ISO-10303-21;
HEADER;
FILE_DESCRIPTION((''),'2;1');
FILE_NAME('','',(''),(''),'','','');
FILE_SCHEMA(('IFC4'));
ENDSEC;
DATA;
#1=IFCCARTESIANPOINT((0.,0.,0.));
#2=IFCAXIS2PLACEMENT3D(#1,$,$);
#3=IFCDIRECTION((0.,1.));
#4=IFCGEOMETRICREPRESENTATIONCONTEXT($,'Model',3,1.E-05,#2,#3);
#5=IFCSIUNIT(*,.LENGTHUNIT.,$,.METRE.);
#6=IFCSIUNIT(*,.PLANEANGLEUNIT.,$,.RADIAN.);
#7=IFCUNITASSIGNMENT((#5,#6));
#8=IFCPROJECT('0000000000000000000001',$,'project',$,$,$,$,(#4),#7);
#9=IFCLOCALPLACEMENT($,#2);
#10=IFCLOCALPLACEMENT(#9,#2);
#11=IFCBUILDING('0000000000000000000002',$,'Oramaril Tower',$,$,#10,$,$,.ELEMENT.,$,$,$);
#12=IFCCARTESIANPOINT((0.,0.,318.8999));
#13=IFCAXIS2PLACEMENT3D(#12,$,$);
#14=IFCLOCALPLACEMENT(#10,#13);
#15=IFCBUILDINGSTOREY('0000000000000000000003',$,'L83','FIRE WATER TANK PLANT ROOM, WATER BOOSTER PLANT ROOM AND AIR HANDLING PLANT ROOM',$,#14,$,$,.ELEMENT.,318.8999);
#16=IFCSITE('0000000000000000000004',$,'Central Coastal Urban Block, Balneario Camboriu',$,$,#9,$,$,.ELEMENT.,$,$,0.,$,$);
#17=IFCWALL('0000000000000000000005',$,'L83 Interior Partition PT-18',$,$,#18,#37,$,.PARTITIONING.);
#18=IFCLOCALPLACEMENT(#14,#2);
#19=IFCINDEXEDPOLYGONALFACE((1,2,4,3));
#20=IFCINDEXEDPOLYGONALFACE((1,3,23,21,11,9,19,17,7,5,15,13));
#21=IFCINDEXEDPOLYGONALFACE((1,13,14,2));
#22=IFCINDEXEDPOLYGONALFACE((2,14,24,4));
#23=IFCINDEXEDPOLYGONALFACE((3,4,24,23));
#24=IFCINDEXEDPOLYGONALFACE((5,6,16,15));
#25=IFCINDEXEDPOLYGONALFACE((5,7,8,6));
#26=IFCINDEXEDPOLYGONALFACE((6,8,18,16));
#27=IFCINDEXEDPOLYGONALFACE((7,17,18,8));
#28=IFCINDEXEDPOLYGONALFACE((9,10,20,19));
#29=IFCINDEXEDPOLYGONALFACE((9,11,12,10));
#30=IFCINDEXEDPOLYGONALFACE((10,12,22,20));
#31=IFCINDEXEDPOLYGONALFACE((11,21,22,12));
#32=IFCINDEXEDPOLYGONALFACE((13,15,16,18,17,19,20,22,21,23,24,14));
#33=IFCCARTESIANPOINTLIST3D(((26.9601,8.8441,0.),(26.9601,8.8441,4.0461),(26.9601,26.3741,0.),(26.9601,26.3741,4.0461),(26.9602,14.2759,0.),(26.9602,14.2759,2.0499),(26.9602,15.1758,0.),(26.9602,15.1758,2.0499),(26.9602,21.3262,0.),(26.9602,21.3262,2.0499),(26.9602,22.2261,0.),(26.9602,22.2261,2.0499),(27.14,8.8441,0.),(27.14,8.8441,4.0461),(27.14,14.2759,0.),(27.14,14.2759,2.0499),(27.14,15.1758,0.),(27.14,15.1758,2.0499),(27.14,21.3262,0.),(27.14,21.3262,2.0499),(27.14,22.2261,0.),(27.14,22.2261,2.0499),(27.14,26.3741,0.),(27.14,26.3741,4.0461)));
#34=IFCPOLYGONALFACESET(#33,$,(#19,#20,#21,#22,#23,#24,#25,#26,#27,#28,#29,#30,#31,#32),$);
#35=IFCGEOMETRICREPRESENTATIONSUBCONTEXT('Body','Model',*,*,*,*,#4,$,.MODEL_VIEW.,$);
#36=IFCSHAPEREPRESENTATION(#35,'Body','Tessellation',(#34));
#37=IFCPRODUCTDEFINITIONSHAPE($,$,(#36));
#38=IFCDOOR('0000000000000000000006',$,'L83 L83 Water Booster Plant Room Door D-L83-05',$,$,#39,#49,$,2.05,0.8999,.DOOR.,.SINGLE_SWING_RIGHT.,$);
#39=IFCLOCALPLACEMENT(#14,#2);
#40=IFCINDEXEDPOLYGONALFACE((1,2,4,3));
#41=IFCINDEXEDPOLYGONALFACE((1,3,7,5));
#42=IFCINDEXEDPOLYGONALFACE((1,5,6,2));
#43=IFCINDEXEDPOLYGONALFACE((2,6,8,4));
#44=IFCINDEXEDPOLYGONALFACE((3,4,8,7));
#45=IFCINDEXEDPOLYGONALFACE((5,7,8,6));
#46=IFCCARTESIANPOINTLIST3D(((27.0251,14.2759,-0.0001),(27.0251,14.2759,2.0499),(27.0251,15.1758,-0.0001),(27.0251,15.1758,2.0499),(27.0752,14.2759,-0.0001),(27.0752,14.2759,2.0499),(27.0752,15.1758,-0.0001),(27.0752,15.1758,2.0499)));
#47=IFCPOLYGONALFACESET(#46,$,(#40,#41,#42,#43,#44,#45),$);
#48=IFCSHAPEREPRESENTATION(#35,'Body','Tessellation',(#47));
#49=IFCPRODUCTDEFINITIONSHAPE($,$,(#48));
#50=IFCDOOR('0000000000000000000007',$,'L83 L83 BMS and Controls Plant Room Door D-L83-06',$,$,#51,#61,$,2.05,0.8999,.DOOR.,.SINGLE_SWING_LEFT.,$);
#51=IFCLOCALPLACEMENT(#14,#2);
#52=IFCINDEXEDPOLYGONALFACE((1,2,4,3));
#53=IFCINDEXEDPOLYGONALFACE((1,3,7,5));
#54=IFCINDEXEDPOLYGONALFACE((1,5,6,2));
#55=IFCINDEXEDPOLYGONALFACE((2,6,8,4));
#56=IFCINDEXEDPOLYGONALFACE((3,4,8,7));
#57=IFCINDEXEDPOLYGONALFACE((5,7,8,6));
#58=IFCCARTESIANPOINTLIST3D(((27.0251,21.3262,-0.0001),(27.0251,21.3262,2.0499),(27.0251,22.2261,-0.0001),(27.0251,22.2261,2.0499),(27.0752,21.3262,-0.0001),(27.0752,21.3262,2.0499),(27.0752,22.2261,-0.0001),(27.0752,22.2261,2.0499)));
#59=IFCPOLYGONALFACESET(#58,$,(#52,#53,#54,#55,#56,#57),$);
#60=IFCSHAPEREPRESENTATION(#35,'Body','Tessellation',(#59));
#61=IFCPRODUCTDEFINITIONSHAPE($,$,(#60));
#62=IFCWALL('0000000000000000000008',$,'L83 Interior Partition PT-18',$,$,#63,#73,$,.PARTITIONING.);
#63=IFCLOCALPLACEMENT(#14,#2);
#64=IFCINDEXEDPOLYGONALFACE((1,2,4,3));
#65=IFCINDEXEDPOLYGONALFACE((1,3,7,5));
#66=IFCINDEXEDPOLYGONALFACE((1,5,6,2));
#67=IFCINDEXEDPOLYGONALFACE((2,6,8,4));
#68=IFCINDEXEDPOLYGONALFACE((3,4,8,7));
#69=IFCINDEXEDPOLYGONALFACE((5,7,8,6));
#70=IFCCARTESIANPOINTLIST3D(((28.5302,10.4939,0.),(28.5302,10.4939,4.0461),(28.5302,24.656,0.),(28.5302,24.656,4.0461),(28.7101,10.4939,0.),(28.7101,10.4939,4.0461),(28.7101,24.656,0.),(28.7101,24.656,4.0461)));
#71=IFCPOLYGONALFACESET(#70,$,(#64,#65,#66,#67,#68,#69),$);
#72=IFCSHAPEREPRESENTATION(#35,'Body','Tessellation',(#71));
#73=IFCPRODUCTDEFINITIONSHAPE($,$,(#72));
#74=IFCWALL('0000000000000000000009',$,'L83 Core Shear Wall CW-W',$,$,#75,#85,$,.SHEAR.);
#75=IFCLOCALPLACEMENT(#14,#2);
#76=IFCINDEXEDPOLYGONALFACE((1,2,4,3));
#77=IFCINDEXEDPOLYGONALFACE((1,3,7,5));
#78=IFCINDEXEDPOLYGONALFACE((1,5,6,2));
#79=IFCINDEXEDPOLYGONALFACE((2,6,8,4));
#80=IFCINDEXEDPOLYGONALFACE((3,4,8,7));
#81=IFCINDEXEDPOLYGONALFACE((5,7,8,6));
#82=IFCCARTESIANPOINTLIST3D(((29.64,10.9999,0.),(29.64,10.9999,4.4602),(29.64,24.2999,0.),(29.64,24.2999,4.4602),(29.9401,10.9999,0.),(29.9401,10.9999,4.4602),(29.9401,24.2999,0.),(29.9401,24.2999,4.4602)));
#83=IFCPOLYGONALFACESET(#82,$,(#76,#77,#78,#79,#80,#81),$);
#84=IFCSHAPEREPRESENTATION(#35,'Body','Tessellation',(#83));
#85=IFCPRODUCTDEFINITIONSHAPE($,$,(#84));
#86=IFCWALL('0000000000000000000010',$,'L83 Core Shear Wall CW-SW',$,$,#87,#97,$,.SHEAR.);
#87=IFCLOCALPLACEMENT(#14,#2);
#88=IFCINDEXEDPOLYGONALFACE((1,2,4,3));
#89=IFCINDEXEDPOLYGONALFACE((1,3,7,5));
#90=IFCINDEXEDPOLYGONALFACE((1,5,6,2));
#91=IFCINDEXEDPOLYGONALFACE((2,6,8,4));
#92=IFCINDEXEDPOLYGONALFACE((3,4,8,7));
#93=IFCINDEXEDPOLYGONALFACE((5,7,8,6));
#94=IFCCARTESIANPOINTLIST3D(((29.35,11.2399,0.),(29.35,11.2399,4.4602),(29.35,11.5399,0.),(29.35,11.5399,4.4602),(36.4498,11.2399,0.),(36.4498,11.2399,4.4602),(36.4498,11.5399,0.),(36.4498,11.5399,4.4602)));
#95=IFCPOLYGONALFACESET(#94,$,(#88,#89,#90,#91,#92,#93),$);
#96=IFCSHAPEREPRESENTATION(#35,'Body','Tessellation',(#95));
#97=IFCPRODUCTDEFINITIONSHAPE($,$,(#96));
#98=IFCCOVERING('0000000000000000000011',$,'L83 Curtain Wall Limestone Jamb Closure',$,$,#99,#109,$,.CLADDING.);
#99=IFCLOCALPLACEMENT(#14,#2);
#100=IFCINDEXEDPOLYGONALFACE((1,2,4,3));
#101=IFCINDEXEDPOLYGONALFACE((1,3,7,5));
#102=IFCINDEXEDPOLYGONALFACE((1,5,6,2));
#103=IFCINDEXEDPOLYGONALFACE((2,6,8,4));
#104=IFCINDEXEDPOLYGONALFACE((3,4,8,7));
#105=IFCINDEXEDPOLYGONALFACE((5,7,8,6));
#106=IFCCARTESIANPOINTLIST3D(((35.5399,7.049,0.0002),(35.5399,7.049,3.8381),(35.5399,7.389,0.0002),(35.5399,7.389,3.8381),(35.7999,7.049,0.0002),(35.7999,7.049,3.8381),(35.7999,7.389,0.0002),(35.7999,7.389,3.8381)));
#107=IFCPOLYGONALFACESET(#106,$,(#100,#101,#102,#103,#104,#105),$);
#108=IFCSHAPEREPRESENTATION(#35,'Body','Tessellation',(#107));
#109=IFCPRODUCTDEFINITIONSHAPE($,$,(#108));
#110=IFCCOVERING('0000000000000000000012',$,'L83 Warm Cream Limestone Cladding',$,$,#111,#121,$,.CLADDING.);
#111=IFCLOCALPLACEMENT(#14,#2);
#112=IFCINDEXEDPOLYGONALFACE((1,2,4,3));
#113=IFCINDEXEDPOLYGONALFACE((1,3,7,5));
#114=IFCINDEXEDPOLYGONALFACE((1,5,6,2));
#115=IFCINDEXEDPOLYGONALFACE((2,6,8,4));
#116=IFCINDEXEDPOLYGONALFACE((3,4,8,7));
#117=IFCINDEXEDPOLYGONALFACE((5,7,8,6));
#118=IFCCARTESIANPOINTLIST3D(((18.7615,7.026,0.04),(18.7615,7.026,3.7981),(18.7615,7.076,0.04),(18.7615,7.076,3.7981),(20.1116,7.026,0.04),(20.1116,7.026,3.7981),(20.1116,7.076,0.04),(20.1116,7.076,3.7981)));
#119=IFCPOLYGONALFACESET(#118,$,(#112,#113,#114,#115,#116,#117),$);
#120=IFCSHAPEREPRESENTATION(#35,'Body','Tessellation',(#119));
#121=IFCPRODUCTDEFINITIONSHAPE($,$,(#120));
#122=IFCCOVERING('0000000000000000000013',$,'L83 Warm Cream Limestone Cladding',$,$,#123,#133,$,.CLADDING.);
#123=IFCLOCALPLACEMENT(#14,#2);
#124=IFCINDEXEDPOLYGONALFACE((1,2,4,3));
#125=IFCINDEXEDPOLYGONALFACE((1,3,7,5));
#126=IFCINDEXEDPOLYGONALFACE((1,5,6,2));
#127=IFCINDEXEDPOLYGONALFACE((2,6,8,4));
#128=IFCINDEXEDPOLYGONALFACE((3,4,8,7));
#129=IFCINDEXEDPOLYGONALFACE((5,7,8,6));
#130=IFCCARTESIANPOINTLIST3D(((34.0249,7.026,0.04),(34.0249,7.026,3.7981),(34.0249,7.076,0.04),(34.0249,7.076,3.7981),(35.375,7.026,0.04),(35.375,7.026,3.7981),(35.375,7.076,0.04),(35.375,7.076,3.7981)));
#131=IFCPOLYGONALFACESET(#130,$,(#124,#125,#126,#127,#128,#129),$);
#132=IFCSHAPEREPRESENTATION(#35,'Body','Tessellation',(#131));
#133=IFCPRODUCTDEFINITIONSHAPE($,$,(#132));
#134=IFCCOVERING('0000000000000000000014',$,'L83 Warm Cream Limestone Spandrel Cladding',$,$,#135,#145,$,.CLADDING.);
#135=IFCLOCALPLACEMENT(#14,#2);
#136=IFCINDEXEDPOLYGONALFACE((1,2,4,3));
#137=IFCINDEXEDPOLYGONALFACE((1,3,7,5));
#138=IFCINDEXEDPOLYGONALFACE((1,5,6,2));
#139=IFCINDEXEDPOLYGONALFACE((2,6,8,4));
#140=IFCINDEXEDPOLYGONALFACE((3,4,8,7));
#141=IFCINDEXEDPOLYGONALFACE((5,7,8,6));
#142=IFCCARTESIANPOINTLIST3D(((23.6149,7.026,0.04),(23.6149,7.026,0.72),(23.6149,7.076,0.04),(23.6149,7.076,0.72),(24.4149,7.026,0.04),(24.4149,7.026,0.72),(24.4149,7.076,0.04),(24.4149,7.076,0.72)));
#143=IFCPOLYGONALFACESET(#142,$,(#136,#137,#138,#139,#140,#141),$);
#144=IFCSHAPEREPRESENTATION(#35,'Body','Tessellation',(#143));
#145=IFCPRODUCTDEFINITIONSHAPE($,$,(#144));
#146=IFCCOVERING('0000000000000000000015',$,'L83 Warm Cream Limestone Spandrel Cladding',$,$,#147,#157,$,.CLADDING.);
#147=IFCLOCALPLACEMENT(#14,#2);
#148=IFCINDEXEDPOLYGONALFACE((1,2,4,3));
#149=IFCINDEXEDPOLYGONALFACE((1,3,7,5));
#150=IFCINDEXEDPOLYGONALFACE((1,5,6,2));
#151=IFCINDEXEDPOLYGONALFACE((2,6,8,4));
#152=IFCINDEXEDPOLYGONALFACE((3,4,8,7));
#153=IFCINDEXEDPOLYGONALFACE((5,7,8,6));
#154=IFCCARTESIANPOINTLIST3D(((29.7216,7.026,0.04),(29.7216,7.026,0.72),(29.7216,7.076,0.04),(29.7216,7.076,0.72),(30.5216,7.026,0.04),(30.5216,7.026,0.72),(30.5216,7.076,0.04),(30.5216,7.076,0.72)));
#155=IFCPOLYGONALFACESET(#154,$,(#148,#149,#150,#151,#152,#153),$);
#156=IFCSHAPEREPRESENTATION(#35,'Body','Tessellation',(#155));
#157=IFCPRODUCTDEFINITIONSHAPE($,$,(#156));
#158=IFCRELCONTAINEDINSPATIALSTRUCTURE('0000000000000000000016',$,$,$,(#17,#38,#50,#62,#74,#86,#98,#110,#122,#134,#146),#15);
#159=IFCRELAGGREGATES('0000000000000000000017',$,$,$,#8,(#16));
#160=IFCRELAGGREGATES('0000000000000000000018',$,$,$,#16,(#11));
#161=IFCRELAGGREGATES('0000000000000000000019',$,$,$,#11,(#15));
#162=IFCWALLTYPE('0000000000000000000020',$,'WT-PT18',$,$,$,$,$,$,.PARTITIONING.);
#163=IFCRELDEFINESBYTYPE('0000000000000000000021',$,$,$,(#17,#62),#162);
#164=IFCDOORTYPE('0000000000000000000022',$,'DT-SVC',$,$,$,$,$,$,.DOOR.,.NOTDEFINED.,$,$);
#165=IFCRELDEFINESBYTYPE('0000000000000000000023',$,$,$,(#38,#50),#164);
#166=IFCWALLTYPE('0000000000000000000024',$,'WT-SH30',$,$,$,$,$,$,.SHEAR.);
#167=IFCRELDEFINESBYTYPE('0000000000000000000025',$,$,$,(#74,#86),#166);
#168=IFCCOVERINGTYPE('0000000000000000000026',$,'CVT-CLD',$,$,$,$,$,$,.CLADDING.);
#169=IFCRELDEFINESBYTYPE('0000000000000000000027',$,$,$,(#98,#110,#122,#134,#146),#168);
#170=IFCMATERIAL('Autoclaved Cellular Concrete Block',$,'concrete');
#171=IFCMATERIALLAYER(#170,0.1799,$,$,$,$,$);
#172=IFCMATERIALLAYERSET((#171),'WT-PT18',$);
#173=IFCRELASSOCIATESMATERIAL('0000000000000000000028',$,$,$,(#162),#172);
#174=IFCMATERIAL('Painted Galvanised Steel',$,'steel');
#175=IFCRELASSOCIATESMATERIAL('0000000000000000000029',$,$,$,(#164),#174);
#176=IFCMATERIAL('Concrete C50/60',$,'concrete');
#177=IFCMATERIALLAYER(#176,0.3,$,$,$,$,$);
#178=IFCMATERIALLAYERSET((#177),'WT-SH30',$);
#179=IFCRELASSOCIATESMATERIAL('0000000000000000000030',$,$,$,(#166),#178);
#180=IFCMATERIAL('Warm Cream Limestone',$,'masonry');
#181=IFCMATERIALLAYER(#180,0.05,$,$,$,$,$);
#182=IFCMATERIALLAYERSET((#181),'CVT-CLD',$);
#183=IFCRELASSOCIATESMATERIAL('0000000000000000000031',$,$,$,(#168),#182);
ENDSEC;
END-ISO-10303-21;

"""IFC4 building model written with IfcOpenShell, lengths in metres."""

from ifc_helpers import new_model, si_unit, direction, frame, frame_2d, origin, origin_2d, place, context, subcontext, project, spatial, rectangle, extrude, material, layer, layer_set, type_object, element, fill, save


model = new_model("IFC4")

# Units and contexts
model_context = context("Model", 3, precision=1e-05, world=origin(), true_north=direction((0.0, 1.0)))
body_context = subcontext(model_context, "Body", "Model", "MODEL_VIEW")
ifc_project = project(units=[si_unit("LENGTHUNIT", "METRE"), si_unit("PLANEANGLEUNIT", "RADIAN")], contexts=[model_context])

# Site, building, storey
site_placement = place(None, origin())
site = spatial("IfcSite", under=ifc_project, at=site_placement, Name="Central Coastal Urban Block, Balneario Camboriu", CompositionType="ELEMENT", RefElevation=0.0)
building_placement = place(site_placement, origin())
building = spatial("IfcBuilding", under=site, at=building_placement, Name="Oramaril Tower", CompositionType="ELEMENT")
storey_placement = place(building_placement, frame((0.0, 0.0, 318.8999)))
storey = spatial("IfcBuildingStorey", under=building, at=storey_placement, Name="L83", Description="FIRE WATER TANK PLANT ROOM, WATER BOOSTER PLANT ROOM AND AIR HANDLING PLANT ROOM", CompositionType="ELEMENT", Elevation=318.8999)

# Shared definitions
ifc_material_1 = material(Name="Autoclaved Cellular Concrete Block", Category="concrete")
ifc_layer_1 = layer(ifc_material_1, 0.1799)
ifc_layer_set_1 = layer_set([ifc_layer_1], Name="WT-PT18")
wall_type_1 = type_object("IfcWallType", Name="WT-PT18", PredefinedType="PARTITIONING", material=ifc_layer_set_1)

# Wall, openings, doors
wall_1_placement = place(storey_placement, frame((27.05, 8.844, 0.0), z_axis=(0.0, 0.0, 1.0), x_axis=(0.0, 1.0, 0.0)))
wall_1 = element("IfcWall", 1, at=wall_1_placement, inside=storey, type_object=wall_type_1, Name="L83 Interior Partition PT-18", PredefinedType="PARTITIONING", context=body_context, shape_type="SweptSolid", body=[
    extrude(rectangle(XDim=17.53, YDim=0.1799, at=frame_2d((8.7651, 0.0))), origin(), (0.0, 0.0, 1.0), 4.0461),
])
opening_1_placement = place(wall_1_placement, frame((5.4319, 0.0, 0.0)))
opening_1 = element("IfcOpeningElement", 2, at=opening_1_placement, cuts=wall_1, PredefinedType="OPENING", context=body_context, shape_type="SweptSolid", body=[
    extrude(rectangle(XDim=0.8999, YDim=2.05, at=frame_2d((0.45, 1.0249))), frame((0.0, 0.0898, 0.0), z_axis=(0.0, -1.0, 0.0), x_axis=(1.0, 0.0, 0.0)), (0.0, 0.0, 1.0), 0.1799),
])
opening_2_placement = place(wall_1_placement, frame((12.4822, 0.0, 0.0)))
opening_2 = element("IfcOpeningElement", 3, at=opening_2_placement, cuts=wall_1, PredefinedType="OPENING", context=body_context, shape_type="SweptSolid", body=[
    extrude(rectangle(XDim=0.8999, YDim=2.05, at=frame_2d((0.45, 1.0249))), frame((0.0, 0.0898, 0.0), z_axis=(0.0, -1.0, 0.0), x_axis=(1.0, 0.0, 0.0)), (0.0, 0.0, 1.0), 0.1799),
])
ifc_material_2 = material(Name="Painted Galvanised Steel", Category="steel")
door_type = type_object("IfcDoorType", Name="DT-SVC", OperationType="NOTDEFINED", PredefinedType="DOOR", material=ifc_material_2)
door_1_placement = place(opening_1_placement, origin())
door_1 = element("IfcDoor", 4, at=door_1_placement, inside=storey, type_object=door_type, Name="L83 L83 Water Booster Plant Room Door D-L83-05", OperationType="SINGLE_SWING_RIGHT", OverallHeight=2.05, OverallWidth=0.8999, PredefinedType="DOOR", context=body_context, shape_type="SweptSolid", body=[
    extrude(rectangle(XDim=0.8999, YDim=2.05, at=frame_2d((0.45, 1.0249))), frame((0.0, 0.0249, 0.0), z_axis=(0.0, -1.0, 0.0), x_axis=(1.0, 0.0, 0.0)), (0.0, 0.0, 1.0), 0.05),
])
fill(opening_1, door_1)
door_2_placement = place(opening_2_placement, origin())
door_2 = element("IfcDoor", 5, at=door_2_placement, inside=storey, type_object=door_type, Name="L83 L83 BMS and Controls Plant Room Door D-L83-06", OperationType="SINGLE_SWING_LEFT", OverallHeight=2.05, OverallWidth=0.8999, PredefinedType="DOOR", context=body_context, shape_type="SweptSolid", body=[
    extrude(rectangle(XDim=0.8999, YDim=2.05, at=frame_2d((0.45, 1.0249))), frame((0.0, 0.0249, 0.0), z_axis=(0.0, -1.0, 0.0), x_axis=(1.0, 0.0, 0.0)), (0.0, 0.0, 1.0), 0.05),
])
fill(opening_2, door_2)

# Walls
wall_2_placement = place(storey_placement, frame((28.6201, 10.4939, 0.0), z_axis=(0.0, 0.0, 1.0), x_axis=(0.0, 1.0, 0.0)))
element("IfcWall", 6, at=wall_2_placement, inside=storey, type_object=wall_type_1, Name="L83 Interior Partition PT-18", PredefinedType="PARTITIONING", context=body_context, shape_type="SweptSolid", body=[
    extrude(rectangle(XDim=14.1621, YDim=0.1799, at=frame_2d((7.0811, 0.0))), origin(), (0.0, 0.0, 1.0), 4.0461),
])
ifc_material_3 = material(Name="Concrete C50/60", Category="concrete")
ifc_layer_2 = layer(ifc_material_3, 0.3)
ifc_layer_set_2 = layer_set([ifc_layer_2], Name="WT-SH30")
wall_type_2 = type_object("IfcWallType", Name="WT-SH30", PredefinedType="SHEAR", material=ifc_layer_set_2)
wall_3_placement = place(storey_placement, frame((29.79, 11.0, 0.0), z_axis=(0.0, 0.0, 1.0), x_axis=(0.0, 1.0, 0.0)))
element("IfcWall", 7, at=wall_3_placement, inside=storey, type_object=wall_type_2, Name="L83 Core Shear Wall CW-W", PredefinedType="SHEAR", context=body_context, shape_type="SweptSolid", body=[
    extrude(rectangle(XDim=13.3, YDim=0.3, at=frame_2d((6.6499, 0.0))), origin(), (0.0, 0.0, 1.0), 4.4602),
])
wall_4_placement = place(storey_placement, frame((29.3501, 11.3899, 0.0), z_axis=(0.0, 0.0, 1.0), x_axis=(1.0, 0.0, 0.0)))
element("IfcWall", 8, at=wall_4_placement, inside=storey, type_object=wall_type_2, Name="L83 Core Shear Wall CW-SW", PredefinedType="SHEAR", context=body_context, shape_type="SweptSolid", body=[
    extrude(rectangle(XDim=7.0999, YDim=0.3, at=frame_2d((3.5498, 0.0))), origin(), (0.0, 0.0, 1.0), 4.4602),
])

# Coverings
ifc_material_4 = material(Name="Warm Cream Limestone", Category="masonry")
ifc_layer_3 = layer(ifc_material_4, 0.05)
ifc_layer_set_3 = layer_set([ifc_layer_3], Name="CVT-CLD")
covering_type = type_object("IfcCoveringType", Name="CVT-CLD", PredefinedType="CLADDING", material=ifc_layer_set_3)
covering_placement = place(storey_placement, frame((35.6699, 7.219, 0.0002), z_axis=(0.0, 0.0, 1.0), x_axis=(1.0, 0.0, 0.0)))
element("IfcCovering", 9, at=covering_placement, inside=storey, type_object=covering_type, Name="L83 Curtain Wall Limestone Jamb Closure", PredefinedType="CLADDING", context=body_context, shape_type="SweptSolid", body=[
    extrude(rectangle(XDim=0.26, YDim=0.3401, at=origin_2d()), origin(), (0.0, 0.0, 1.0), 3.8379),
])
for number, where, z_axis, x_axis, name in (
    (10, (19.4365, 7.051, 0.04), (0.0, 0.0, 1.0), (1.0, 0.0, 0.0), "L83 Warm Cream Limestone Cladding"),
    (11, (34.7, 7.051, 0.04), (0.0, 0.0, 1.0), (1.0, 0.0, 0.0), "L83 Warm Cream Limestone Cladding"),
):
    element("IfcCovering", number, at=place(storey_placement, frame(where, z_axis=z_axis, x_axis=x_axis)), inside=storey, type_object=covering_type, Name=name, PredefinedType="CLADDING", context=body_context, shape_type="SweptSolid", body=[
        extrude(rectangle(XDim=1.3501, YDim=0.05, at=origin_2d()), origin(), (0.0, 0.0, 1.0), 3.7581),
    ])
for number, where, z_axis, x_axis, name in (
    (12, (24.0149, 7.051, 0.04), (0.0, 0.0, 1.0), (1.0, 0.0, 0.0), "L83 Warm Cream Limestone Spandrel Cladding"),
    (13, (30.1216, 7.051, 0.04), (0.0, 0.0, 1.0), (1.0, 0.0, 0.0), "L83 Warm Cream Limestone Spandrel Cladding"),
):
    element("IfcCovering", number, at=place(storey_placement, frame(where, z_axis=z_axis, x_axis=x_axis)), inside=storey, type_object=covering_type, Name=name, PredefinedType="CLADDING", context=body_context, shape_type="SweptSolid", body=[
        extrude(rectangle(XDim=0.8, YDim=0.05, at=origin_2d()), origin(), (0.0, 0.0, 1.0), 0.6799),
    ])

save(model, "model.ifc")
